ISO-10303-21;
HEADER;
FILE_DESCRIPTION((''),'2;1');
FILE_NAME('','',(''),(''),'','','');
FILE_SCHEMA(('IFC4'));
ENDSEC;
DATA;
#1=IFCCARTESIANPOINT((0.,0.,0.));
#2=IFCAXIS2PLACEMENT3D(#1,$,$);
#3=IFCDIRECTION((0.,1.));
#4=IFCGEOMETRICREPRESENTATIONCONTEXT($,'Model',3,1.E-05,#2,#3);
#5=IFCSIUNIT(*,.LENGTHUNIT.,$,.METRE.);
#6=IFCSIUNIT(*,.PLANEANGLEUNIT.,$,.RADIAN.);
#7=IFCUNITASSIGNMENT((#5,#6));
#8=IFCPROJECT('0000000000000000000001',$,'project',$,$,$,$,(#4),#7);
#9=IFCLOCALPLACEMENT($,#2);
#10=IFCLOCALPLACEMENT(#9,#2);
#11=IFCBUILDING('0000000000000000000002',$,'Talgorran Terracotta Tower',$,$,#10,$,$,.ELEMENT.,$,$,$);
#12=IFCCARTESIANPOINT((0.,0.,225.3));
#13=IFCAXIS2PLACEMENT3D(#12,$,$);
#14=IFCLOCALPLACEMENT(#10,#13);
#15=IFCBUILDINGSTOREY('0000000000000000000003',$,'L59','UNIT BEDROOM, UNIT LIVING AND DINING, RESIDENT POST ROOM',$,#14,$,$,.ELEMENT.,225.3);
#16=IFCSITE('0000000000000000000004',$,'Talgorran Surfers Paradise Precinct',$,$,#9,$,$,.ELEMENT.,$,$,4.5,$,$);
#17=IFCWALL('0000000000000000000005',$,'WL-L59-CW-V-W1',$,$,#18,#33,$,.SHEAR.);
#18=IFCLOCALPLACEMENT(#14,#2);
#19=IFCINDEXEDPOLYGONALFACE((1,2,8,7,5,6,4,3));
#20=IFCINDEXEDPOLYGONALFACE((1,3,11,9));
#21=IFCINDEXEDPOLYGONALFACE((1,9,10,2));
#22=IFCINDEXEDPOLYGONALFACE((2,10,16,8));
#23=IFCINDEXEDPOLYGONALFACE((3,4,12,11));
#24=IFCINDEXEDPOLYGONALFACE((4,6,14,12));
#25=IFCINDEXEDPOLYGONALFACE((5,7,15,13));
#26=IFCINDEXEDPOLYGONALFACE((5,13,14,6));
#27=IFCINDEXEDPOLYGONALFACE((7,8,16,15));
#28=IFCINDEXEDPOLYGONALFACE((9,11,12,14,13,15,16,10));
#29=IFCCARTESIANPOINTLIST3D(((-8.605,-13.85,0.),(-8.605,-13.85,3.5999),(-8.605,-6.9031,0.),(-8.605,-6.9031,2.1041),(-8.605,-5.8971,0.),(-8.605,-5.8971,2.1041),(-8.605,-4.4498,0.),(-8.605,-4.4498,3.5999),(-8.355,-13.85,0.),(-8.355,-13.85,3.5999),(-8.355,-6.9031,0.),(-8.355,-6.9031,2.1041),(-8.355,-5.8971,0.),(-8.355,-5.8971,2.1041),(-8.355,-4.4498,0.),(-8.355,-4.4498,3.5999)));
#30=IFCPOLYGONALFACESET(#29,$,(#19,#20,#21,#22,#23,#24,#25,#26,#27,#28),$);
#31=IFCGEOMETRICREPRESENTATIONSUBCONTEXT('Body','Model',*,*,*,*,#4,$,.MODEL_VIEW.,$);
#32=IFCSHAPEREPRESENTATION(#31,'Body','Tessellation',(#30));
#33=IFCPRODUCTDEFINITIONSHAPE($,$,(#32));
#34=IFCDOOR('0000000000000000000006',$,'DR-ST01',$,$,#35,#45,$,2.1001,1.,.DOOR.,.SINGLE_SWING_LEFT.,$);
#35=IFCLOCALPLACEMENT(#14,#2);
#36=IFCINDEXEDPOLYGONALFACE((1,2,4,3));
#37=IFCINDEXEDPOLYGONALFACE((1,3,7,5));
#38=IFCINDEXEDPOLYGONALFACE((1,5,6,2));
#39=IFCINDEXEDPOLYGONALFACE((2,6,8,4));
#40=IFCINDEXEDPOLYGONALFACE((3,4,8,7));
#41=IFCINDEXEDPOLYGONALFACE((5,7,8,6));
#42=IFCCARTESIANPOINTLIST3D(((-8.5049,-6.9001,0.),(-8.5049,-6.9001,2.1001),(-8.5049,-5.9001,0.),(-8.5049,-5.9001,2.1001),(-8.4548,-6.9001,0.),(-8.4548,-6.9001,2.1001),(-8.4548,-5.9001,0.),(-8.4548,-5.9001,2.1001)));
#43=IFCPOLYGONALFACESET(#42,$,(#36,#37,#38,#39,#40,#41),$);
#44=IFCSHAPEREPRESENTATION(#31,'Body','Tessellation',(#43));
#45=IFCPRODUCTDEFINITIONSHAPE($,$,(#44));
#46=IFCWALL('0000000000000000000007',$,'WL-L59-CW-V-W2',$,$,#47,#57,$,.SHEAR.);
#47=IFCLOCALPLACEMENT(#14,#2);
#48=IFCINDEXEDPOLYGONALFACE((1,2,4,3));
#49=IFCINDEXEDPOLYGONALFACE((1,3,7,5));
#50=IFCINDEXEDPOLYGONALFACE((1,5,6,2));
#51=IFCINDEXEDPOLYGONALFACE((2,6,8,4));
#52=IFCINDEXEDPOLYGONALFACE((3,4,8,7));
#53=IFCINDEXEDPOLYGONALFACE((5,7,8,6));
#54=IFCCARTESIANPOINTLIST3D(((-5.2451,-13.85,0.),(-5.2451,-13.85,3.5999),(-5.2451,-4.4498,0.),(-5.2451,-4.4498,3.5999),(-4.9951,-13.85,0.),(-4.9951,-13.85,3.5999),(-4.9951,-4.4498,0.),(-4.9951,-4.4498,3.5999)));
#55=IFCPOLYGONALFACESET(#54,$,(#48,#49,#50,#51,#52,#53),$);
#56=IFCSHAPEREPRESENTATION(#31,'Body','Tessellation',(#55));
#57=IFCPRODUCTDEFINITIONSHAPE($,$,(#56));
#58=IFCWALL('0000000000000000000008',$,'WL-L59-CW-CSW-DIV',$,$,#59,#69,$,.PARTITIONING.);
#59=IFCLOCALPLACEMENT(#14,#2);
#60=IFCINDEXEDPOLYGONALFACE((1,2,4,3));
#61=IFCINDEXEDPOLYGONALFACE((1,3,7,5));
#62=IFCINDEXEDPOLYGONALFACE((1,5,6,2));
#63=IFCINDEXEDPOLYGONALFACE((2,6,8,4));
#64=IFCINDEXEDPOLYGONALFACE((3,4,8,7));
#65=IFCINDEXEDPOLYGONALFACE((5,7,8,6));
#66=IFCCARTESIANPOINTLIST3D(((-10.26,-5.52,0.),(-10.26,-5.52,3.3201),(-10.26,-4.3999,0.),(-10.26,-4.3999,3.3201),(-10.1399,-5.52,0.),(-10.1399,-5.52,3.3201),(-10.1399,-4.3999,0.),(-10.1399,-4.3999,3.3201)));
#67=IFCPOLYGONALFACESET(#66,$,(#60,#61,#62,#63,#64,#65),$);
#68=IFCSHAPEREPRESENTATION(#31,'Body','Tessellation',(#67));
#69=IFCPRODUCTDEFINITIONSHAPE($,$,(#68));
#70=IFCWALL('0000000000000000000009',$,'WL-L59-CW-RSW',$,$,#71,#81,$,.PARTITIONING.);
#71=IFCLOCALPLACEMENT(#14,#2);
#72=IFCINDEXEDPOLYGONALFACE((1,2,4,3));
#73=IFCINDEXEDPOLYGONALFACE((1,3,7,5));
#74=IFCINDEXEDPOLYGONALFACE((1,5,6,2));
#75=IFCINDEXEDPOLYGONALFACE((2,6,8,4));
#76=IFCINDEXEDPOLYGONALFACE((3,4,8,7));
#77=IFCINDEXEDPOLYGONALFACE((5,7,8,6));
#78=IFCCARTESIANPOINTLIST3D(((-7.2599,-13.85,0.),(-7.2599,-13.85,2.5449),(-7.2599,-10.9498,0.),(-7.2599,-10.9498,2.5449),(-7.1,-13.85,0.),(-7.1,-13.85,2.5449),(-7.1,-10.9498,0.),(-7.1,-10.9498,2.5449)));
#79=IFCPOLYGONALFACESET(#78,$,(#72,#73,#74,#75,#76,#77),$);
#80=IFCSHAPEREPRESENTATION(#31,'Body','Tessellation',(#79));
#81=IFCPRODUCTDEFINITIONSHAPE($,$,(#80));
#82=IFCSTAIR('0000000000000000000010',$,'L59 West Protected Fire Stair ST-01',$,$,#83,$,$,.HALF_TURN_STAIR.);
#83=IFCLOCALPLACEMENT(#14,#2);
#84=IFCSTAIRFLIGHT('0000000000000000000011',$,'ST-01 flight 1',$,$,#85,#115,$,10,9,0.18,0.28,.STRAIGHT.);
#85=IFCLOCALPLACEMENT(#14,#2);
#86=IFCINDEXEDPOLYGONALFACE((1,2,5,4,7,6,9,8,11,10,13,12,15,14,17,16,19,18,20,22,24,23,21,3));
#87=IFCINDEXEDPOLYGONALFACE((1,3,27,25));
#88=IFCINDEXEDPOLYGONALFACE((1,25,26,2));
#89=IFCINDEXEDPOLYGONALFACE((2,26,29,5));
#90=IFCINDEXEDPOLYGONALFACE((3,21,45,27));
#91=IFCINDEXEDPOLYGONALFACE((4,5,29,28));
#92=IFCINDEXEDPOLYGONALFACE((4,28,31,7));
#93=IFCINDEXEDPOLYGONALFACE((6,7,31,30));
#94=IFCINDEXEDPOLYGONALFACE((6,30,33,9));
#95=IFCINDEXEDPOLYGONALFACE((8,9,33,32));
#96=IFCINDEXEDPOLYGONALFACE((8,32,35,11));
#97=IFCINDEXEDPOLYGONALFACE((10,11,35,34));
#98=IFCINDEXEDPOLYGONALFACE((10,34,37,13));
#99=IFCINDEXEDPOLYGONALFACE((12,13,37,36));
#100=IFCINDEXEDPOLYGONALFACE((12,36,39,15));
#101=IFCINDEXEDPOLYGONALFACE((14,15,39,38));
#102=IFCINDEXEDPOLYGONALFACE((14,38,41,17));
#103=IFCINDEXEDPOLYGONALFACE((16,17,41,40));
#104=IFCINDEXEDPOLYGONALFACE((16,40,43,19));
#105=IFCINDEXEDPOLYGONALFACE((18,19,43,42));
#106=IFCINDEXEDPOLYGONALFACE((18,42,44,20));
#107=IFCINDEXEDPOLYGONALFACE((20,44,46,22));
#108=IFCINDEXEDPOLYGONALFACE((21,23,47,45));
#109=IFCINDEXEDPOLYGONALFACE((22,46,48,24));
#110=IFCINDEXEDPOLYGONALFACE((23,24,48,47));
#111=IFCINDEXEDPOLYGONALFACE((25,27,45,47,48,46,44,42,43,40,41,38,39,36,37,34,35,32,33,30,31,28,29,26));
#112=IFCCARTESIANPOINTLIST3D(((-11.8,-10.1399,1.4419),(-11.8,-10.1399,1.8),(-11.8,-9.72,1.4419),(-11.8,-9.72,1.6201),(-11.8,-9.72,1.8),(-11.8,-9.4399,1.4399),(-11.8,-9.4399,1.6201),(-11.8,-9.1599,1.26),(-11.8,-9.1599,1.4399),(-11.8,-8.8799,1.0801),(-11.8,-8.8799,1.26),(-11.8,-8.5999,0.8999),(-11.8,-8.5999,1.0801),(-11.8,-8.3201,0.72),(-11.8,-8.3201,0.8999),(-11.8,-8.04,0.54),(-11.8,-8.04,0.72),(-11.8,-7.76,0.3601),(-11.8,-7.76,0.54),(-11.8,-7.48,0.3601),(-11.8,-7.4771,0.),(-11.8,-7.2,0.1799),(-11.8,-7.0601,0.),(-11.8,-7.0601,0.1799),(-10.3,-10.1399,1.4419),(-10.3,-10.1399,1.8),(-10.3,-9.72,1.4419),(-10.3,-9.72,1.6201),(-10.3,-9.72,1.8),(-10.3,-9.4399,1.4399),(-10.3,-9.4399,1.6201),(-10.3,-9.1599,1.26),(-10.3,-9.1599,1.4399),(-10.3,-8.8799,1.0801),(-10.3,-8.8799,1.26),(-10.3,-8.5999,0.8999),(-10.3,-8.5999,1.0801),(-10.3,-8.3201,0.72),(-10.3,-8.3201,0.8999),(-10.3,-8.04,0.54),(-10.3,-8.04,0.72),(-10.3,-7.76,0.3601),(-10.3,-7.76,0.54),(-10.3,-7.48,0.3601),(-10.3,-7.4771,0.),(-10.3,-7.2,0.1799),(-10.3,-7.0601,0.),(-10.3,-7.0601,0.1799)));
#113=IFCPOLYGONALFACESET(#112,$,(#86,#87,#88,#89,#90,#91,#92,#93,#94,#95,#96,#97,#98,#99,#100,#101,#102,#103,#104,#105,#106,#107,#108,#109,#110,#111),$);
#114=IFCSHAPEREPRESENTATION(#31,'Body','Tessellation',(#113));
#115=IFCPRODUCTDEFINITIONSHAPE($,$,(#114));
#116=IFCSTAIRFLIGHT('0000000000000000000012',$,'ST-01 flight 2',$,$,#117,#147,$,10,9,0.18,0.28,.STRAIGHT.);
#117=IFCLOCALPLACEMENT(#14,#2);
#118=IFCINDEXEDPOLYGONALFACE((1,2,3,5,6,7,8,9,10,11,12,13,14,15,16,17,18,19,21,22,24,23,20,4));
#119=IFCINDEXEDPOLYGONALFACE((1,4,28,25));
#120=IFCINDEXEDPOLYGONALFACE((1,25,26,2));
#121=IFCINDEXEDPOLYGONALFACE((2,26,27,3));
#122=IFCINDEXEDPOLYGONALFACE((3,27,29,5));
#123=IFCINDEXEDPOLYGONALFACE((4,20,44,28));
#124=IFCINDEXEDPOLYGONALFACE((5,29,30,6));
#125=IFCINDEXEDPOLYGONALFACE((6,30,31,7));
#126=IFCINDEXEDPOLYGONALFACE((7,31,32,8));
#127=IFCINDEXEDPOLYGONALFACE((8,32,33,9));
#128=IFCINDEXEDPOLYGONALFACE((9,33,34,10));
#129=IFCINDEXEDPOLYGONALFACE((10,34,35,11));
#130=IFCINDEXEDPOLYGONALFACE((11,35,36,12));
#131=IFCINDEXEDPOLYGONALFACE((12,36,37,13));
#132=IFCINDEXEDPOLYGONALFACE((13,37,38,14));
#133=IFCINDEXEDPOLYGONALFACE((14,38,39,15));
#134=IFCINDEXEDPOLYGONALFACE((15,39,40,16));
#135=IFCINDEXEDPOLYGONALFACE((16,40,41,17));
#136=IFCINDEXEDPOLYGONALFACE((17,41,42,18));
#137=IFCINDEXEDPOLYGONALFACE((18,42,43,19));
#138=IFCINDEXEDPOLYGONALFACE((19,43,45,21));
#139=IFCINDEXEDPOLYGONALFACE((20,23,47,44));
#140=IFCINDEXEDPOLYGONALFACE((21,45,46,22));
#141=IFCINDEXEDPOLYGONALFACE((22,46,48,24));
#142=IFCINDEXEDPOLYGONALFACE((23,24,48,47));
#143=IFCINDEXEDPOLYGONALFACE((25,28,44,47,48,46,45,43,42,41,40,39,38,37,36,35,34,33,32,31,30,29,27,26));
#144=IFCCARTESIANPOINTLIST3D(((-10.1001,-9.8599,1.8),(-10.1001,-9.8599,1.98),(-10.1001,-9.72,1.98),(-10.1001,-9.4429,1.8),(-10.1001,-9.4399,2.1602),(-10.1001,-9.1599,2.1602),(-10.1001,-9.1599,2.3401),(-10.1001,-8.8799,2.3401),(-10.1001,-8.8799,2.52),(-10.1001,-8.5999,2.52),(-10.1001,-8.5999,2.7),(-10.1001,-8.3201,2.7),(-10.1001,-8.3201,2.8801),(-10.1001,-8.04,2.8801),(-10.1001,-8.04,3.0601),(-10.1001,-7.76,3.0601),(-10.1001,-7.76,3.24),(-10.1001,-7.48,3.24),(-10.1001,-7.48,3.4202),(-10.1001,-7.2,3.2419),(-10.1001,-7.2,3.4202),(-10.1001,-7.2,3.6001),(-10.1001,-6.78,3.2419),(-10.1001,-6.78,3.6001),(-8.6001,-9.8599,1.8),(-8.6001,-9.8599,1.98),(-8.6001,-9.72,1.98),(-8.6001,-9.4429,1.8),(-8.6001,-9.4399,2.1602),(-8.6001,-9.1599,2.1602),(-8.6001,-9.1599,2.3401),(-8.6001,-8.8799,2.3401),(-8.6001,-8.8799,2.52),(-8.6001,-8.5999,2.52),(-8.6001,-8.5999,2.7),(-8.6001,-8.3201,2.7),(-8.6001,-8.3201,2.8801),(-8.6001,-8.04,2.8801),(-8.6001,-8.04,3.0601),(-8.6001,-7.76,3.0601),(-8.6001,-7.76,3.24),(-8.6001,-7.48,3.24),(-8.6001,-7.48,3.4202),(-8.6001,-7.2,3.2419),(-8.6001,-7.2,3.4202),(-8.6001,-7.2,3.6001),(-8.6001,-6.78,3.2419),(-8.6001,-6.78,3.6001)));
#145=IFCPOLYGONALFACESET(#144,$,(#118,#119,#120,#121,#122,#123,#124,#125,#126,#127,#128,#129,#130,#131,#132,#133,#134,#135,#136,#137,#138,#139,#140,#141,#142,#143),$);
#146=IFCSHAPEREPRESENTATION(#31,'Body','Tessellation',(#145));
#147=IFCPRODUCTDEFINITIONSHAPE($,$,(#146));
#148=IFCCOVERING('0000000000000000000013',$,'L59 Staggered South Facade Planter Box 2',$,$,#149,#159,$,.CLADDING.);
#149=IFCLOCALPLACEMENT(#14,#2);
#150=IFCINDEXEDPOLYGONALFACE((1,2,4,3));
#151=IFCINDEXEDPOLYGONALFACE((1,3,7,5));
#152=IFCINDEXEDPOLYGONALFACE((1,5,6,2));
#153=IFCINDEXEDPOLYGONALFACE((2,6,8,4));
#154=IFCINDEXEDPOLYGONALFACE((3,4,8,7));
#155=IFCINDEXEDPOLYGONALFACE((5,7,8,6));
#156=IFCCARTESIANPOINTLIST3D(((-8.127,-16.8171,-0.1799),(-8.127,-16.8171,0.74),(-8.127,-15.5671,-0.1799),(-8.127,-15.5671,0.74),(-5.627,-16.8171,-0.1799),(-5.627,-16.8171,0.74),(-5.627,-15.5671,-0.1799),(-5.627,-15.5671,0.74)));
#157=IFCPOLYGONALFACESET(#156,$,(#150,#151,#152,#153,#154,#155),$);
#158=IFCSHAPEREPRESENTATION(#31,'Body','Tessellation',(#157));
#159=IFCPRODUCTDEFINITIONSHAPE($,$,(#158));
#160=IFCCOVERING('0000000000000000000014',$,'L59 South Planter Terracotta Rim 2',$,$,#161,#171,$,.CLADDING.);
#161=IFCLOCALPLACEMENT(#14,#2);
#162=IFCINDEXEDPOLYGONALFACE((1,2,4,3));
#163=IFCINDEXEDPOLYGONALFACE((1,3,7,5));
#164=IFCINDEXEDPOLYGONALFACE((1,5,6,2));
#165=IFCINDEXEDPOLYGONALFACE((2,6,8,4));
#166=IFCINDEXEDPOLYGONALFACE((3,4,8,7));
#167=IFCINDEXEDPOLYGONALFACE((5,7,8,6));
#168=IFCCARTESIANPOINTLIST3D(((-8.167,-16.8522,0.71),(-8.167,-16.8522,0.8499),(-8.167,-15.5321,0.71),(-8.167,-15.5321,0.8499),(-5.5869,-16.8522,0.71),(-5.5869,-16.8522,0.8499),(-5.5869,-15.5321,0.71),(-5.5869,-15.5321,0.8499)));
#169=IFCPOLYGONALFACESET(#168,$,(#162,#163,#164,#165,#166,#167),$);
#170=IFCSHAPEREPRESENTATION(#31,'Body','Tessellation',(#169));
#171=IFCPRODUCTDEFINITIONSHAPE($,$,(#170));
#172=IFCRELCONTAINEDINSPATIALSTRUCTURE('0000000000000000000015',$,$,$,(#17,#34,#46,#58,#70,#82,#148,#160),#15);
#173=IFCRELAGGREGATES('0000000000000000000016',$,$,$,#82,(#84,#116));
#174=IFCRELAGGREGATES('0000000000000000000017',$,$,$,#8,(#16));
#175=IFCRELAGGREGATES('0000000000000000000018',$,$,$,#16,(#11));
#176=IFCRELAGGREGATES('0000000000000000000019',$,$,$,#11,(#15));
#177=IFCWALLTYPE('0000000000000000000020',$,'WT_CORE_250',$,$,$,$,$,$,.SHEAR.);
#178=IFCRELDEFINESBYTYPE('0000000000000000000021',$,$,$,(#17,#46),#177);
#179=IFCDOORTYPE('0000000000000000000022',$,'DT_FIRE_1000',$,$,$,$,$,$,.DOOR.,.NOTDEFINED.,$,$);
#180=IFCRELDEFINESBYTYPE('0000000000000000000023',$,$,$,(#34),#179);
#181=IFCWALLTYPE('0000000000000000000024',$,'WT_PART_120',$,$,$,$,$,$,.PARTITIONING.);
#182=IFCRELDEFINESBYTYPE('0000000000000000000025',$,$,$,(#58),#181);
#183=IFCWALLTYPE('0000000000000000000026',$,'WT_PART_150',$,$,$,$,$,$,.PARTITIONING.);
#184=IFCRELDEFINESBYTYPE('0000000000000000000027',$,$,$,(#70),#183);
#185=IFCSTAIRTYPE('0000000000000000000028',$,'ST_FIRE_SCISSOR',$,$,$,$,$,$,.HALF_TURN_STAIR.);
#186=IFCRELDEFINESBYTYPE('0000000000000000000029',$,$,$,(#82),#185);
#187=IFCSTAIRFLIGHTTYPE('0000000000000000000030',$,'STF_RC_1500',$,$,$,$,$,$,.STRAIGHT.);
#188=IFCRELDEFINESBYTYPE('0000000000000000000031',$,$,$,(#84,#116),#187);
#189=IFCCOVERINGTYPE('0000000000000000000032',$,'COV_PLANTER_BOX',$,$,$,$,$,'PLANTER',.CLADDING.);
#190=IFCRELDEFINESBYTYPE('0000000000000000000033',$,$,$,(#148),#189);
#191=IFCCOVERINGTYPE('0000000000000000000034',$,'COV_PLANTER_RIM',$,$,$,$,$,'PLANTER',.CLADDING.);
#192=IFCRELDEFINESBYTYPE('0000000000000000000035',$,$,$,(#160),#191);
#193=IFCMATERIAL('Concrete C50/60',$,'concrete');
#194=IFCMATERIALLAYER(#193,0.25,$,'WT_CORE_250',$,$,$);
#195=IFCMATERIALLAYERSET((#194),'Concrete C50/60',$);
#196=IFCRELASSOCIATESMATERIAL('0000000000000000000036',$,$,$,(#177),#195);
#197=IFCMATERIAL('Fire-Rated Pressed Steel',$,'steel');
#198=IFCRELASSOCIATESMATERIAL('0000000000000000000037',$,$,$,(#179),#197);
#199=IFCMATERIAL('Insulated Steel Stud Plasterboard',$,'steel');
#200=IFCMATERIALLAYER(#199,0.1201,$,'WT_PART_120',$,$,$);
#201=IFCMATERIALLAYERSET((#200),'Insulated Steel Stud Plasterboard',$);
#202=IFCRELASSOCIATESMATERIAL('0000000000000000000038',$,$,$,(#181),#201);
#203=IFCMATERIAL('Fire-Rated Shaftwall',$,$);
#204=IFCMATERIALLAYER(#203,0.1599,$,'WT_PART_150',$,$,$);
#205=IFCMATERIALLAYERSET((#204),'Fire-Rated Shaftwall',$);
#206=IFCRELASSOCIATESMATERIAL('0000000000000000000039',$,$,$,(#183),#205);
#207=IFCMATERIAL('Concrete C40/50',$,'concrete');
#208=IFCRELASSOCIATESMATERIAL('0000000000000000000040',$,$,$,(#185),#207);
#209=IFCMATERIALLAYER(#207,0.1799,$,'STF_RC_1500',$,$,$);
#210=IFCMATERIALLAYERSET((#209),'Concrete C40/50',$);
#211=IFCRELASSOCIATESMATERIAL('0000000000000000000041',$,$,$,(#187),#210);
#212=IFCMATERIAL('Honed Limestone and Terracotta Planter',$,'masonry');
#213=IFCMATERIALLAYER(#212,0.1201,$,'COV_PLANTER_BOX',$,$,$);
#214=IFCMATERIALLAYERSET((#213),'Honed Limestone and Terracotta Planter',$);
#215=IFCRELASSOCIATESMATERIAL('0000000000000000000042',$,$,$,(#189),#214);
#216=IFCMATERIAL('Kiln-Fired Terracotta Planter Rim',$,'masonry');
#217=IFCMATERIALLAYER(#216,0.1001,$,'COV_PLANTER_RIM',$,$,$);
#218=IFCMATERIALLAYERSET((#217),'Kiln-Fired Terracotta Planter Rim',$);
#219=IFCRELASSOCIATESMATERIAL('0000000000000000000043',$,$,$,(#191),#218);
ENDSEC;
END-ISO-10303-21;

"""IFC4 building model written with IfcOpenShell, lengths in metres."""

from ifc_helpers import new_model, si_unit, direction, frame, frame_2d, origin, origin_2d, place, context, subcontext, project, spatial, polyline, rectangle, outline, extrude, material, layer, layer_set, type_object, element, fill, aggregate, save


model = new_model("IFC4")

# Units and contexts
model_context = context("Model", 3, precision=1e-05, world=origin(), true_north=direction((0.0, 1.0)))
body_context = subcontext(model_context, "Body", "Model", "MODEL_VIEW")
ifc_project = project(units=[si_unit("LENGTHUNIT", "METRE"), si_unit("PLANEANGLEUNIT", "RADIAN")], contexts=[model_context])

# Site, building, storey
site_placement = place(None, origin())
site = spatial("IfcSite", under=ifc_project, at=site_placement, Name="Talgorran Surfers Paradise Precinct", CompositionType="ELEMENT", RefElevation=4.5)
building_placement = place(site_placement, origin())
building = spatial("IfcBuilding", under=site, at=building_placement, Name="Talgorran Terracotta Tower", CompositionType="ELEMENT")
storey_placement = place(building_placement, frame((0.0, 0.0, 225.3)))
storey = spatial("IfcBuildingStorey", under=building, at=storey_placement, Name="L59", Description="UNIT BEDROOM, UNIT LIVING AND DINING, RESIDENT POST ROOM", CompositionType="ELEMENT", Elevation=225.3)

# Shared definitions
ifc_material_1 = material(Name="Concrete C50/60", Category="concrete")

# Shared definitions
ifc_material_2 = material(Name="Fire-Rated Pressed Steel", Category="steel")

# Wall, opening, door
ifc_layer_1 = layer(ifc_material_1, 0.25, Name="WT_CORE_250")
ifc_layer_set_1 = layer_set([ifc_layer_1], Name="Concrete C50/60")
wall_type_1 = type_object("IfcWallType", Name="WT_CORE_250", PredefinedType="SHEAR", material=ifc_layer_set_1)
wall_1_placement = place(storey_placement, frame((-8.48, -13.8501, 0.0), z_axis=(0.0, 0.0, 1.0), x_axis=(0.0, 1.0, 0.0)))
wall_1 = element("IfcWall", 1, at=wall_1_placement, inside=storey, type_object=wall_type_1, Name="WL-L59-CW-V-W1", PredefinedType="SHEAR", context=body_context, shape_type="SweptSolid", body=[
    extrude(rectangle(XDim=9.4001, YDim=0.25, at=frame_2d((4.7002, 0.0))), origin(), (0.0, 0.0, 1.0), 3.5999),
])
opening_1_placement = place(wall_1_placement, frame((6.95, 0.0, 0.0)))
opening_1 = element("IfcOpeningElement", 2, at=opening_1_placement, cuts=wall_1, PredefinedType="OPENING", context=body_context, shape_type="SweptSolid", body=[
    extrude(rectangle(XDim=1.006, YDim=2.1041, at=frame_2d((0.5, 1.052))), frame((0.0, 0.135, 0.0), z_axis=(0.0, -1.0, 0.0), x_axis=(1.0, 0.0, 0.0)), (0.0, 0.0, 1.0), 0.27),
])
door_type_1 = type_object("IfcDoorType", Name="DT_FIRE_1000", OperationType="NOTDEFINED", PredefinedType="DOOR", material=ifc_material_2)
door_1_placement = place(opening_1_placement, origin())
door_1 = element("IfcDoor", 3, at=door_1_placement, inside=storey, type_object=door_type_1, Name="DR-ST01", OperationType="SINGLE_SWING_LEFT", OverallHeight=2.1001, OverallWidth=1.0, PredefinedType="DOOR", context=body_context, shape_type="SweptSolid", body=[
    extrude(rectangle(XDim=1.0, YDim=2.1001, at=frame_2d((0.5, 1.05))), frame((0.0, 0.0249, 0.0), z_axis=(0.0, -1.0, 0.0), x_axis=(1.0, 0.0, 0.0)), (0.0, 0.0, 1.0), 0.05),
])
fill(opening_1, door_1)

# Walls
wall_2_placement = place(storey_placement, frame((-5.1201, -13.8501, 0.0), z_axis=(0.0, 0.0, 1.0), x_axis=(0.0, 1.0, 0.0)))
element("IfcWall", 4, at=wall_2_placement, inside=storey, type_object=wall_type_1, Name="WL-L59-CW-V-W2", PredefinedType="SHEAR", context=body_context, shape_type="SweptSolid", body=[
    extrude(rectangle(XDim=9.4001, YDim=0.25, at=frame_2d((4.7002, 0.0))), origin(), (0.0, 0.0, 1.0), 3.5999),
])
ifc_material_3 = material(Name="Insulated Steel Stud Plasterboard", Category="steel")
ifc_layer_2 = layer(ifc_material_3, 0.1201, Name="WT_PART_120")
ifc_layer_set_2 = layer_set([ifc_layer_2], Name="Insulated Steel Stud Plasterboard")
wall_type_2 = type_object("IfcWallType", Name="WT_PART_120", PredefinedType="PARTITIONING", material=ifc_layer_set_2)
wall_3_placement = place(storey_placement, frame((-10.2, -5.52, 0.0), z_axis=(0.0, 0.0, 1.0), x_axis=(0.0, 1.0, 0.0)))
element("IfcWall", 5, at=wall_3_placement, inside=storey, type_object=wall_type_2, Name="WL-L59-CW-CSW-DIV", PredefinedType="PARTITIONING", context=body_context, shape_type="SweptSolid", body=[
    extrude(rectangle(XDim=1.1201, YDim=0.1201, at=frame_2d((0.5601, 0.0))), origin(), (0.0, 0.0, 1.0), 3.3201),
])
ifc_material_4 = material(Name="Fire-Rated Shaftwall")
ifc_layer_3 = layer(ifc_material_4, 0.1599, Name="WT_PART_150")
ifc_layer_set_3 = layer_set([ifc_layer_3], Name="Fire-Rated Shaftwall")
wall_type_3 = type_object("IfcWallType", Name="WT_PART_150", PredefinedType="PARTITIONING", material=ifc_layer_set_3)
wall_4_placement = place(storey_placement, frame((-7.1799, -13.8501, 0.0), z_axis=(0.0, 0.0, 1.0), x_axis=(0.0, 1.0, 0.0)))
element("IfcWall", 6, at=wall_4_placement, inside=storey, type_object=wall_type_3, Name="WL-L59-CW-RSW", PredefinedType="PARTITIONING", context=body_context, shape_type="SweptSolid", body=[
    extrude(rectangle(XDim=2.9001, YDim=0.1599, at=frame_2d((1.4502, 0.0))), origin(), (0.0, 0.0, 1.0), 2.5449),
])

# Stair, stair flights
ifc_material_5 = material(Name="Concrete C40/50", Category="concrete")
stair_type = type_object("IfcStairType", Name="ST_FIRE_SCISSOR", PredefinedType="HALF_TURN_STAIR", material=ifc_material_5)
stair_placement = place(storey_placement, origin())
stair = element("IfcStair", 7, at=stair_placement, inside=storey, type_object=stair_type, Name="L59 West Protected Fire Stair ST-01", PredefinedType="HALF_TURN_STAIR")
ifc_layer_4 = layer(ifc_material_5, 0.1799, Name="STF_RC_1500")
ifc_layer_set_4 = layer_set([ifc_layer_4], Name="Concrete C40/50")
stair_flight_type = type_object("IfcStairFlightType", Name="STF_RC_1500", PredefinedType="STRAIGHT", material=ifc_layer_set_4)
stair_flight_1_placement = place(storey_placement, frame((-11.05, -7.2, 0.0), z_axis=(0.0, 0.0, 1.0), x_axis=(0.0, -1.0, 0.0)))
stair_flight_1 = element("IfcStairFlight", 8, at=stair_flight_1_placement, type_object=stair_flight_type, Name="ST-01 flight 1", NumberOfRisers=10, NumberOfTreads=9, PredefinedType="STRAIGHT", RiserHeight=0.18, TreadLength=0.28, context=body_context, shape_type="SweptSolid", body=[
    extrude(outline(polyline([(-0.1399, 0.0), (-0.1399, 0.1799), (0.0, 0.1799), (0.28, 0.3601), (0.5601, 0.3601), (0.5601, 0.54), (0.8401, 0.54), (0.8401, 0.72), (1.1201, 0.72), (1.1201, 0.8999), (1.3999, 0.8999), (1.3999, 1.0801), (1.6799, 1.0801), (1.6799, 1.26), (1.96, 1.26), (1.96, 1.4399), (2.24, 1.4399), (2.24, 1.6201), (2.52, 1.6201), (2.52, 1.8), (2.9399, 1.8), (2.9399, 1.4419), (2.52, 1.4419), (0.2771, 0.0), (-0.1399, 0.0)])), frame((0.0, 0.75, 0.0), z_axis=(0.0, -1.0, 0.0), x_axis=(1.0, 0.0, 0.0)), (0.0, 0.0, 1.0), 1.5),
])
stair_flight_2_placement = place(storey_placement, frame((-9.3501, -9.72, 1.8), z_axis=(0.0, 0.0, 1.0), x_axis=(0.0, 1.0, 0.0)))
stair_flight_2 = element("IfcStairFlight", 9, at=stair_flight_2_placement, type_object=stair_flight_type, Name="ST-01 flight 2", NumberOfRisers=10, NumberOfTreads=9, PredefinedType="STRAIGHT", RiserHeight=0.18, TreadLength=0.28, context=body_context, shape_type="SweptSolid", body=[
    extrude(outline(polyline([(-0.1399, 0.0), (-0.1399, 0.1799), (0.0, 0.1799), (0.28, 0.3601), (0.5601, 0.3601), (0.5601, 0.54), (0.8401, 0.54), (0.8401, 0.72), (1.1201, 0.72), (1.1201, 0.8999), (1.3999, 0.8999), (1.3999, 1.0801), (1.6799, 1.0801), (1.6799, 1.26), (1.96, 1.26), (1.96, 1.4399), (2.24, 1.4399), (2.24, 1.6201), (2.52, 1.6201), (2.52, 1.8), (2.9399, 1.8), (2.9399, 1.4419), (2.52, 1.4419), (0.2771, 0.0), (-0.1399, 0.0)])), frame((0.0, 0.75, 0.0), z_axis=(0.0, -1.0, 0.0), x_axis=(1.0, 0.0, 0.0)), (0.0, 0.0, 1.0), 1.5),
])
aggregate(stair, [stair_flight_1, stair_flight_2])

# Coverings
ifc_material_6 = material(Name="Honed Limestone and Terracotta Planter", Category="masonry")
ifc_layer_5 = layer(ifc_material_6, 0.1201, Name="COV_PLANTER_BOX")
ifc_layer_set_5 = layer_set([ifc_layer_5], Name="Honed Limestone and Terracotta Planter")
covering_type_1 = type_object("IfcCoveringType", Name="COV_PLANTER_BOX", ElementType="PLANTER", PredefinedType="CLADDING", material=ifc_layer_set_5)
covering_1_placement = place(storey_placement, frame((-6.877, -16.1921, -0.1799), z_axis=(0.0, 0.0, 1.0), x_axis=(1.0, 0.0, 0.0)))
element("IfcCovering", 10, at=covering_1_placement, inside=storey, type_object=covering_type_1, Name="L59 Staggered South Facade Planter Box 2", PredefinedType="CLADDING", context=body_context, shape_type="SweptSolid", body=[
    extrude(rectangle(XDim=2.5, YDim=1.25, at=origin_2d()), origin(), (0.0, 0.0, 1.0), 0.9199),
])
ifc_material_7 = material(Name="Kiln-Fired Terracotta Planter Rim", Category="masonry")
ifc_layer_6 = layer(ifc_material_7, 0.1001, Name="COV_PLANTER_RIM")
ifc_layer_set_6 = layer_set([ifc_layer_6], Name="Kiln-Fired Terracotta Planter Rim")
covering_type_2 = type_object("IfcCoveringType", Name="COV_PLANTER_RIM", ElementType="PLANTER", PredefinedType="CLADDING", material=ifc_layer_set_6)
covering_2_placement = place(storey_placement, frame((-6.877, -16.1921, 0.71), z_axis=(0.0, 0.0, 1.0), x_axis=(1.0, 0.0, 0.0)))
element("IfcCovering", 11, at=covering_2_placement, inside=storey, type_object=covering_type_2, Name="L59 South Planter Terracotta Rim 2", PredefinedType="CLADDING", context=body_context, shape_type="SweptSolid", body=[
    extrude(rectangle(XDim=2.5801, YDim=1.3201, at=origin_2d()), origin(), (0.0, 0.0, 1.0), 0.1399),
])

save(model, "model.ifc")
